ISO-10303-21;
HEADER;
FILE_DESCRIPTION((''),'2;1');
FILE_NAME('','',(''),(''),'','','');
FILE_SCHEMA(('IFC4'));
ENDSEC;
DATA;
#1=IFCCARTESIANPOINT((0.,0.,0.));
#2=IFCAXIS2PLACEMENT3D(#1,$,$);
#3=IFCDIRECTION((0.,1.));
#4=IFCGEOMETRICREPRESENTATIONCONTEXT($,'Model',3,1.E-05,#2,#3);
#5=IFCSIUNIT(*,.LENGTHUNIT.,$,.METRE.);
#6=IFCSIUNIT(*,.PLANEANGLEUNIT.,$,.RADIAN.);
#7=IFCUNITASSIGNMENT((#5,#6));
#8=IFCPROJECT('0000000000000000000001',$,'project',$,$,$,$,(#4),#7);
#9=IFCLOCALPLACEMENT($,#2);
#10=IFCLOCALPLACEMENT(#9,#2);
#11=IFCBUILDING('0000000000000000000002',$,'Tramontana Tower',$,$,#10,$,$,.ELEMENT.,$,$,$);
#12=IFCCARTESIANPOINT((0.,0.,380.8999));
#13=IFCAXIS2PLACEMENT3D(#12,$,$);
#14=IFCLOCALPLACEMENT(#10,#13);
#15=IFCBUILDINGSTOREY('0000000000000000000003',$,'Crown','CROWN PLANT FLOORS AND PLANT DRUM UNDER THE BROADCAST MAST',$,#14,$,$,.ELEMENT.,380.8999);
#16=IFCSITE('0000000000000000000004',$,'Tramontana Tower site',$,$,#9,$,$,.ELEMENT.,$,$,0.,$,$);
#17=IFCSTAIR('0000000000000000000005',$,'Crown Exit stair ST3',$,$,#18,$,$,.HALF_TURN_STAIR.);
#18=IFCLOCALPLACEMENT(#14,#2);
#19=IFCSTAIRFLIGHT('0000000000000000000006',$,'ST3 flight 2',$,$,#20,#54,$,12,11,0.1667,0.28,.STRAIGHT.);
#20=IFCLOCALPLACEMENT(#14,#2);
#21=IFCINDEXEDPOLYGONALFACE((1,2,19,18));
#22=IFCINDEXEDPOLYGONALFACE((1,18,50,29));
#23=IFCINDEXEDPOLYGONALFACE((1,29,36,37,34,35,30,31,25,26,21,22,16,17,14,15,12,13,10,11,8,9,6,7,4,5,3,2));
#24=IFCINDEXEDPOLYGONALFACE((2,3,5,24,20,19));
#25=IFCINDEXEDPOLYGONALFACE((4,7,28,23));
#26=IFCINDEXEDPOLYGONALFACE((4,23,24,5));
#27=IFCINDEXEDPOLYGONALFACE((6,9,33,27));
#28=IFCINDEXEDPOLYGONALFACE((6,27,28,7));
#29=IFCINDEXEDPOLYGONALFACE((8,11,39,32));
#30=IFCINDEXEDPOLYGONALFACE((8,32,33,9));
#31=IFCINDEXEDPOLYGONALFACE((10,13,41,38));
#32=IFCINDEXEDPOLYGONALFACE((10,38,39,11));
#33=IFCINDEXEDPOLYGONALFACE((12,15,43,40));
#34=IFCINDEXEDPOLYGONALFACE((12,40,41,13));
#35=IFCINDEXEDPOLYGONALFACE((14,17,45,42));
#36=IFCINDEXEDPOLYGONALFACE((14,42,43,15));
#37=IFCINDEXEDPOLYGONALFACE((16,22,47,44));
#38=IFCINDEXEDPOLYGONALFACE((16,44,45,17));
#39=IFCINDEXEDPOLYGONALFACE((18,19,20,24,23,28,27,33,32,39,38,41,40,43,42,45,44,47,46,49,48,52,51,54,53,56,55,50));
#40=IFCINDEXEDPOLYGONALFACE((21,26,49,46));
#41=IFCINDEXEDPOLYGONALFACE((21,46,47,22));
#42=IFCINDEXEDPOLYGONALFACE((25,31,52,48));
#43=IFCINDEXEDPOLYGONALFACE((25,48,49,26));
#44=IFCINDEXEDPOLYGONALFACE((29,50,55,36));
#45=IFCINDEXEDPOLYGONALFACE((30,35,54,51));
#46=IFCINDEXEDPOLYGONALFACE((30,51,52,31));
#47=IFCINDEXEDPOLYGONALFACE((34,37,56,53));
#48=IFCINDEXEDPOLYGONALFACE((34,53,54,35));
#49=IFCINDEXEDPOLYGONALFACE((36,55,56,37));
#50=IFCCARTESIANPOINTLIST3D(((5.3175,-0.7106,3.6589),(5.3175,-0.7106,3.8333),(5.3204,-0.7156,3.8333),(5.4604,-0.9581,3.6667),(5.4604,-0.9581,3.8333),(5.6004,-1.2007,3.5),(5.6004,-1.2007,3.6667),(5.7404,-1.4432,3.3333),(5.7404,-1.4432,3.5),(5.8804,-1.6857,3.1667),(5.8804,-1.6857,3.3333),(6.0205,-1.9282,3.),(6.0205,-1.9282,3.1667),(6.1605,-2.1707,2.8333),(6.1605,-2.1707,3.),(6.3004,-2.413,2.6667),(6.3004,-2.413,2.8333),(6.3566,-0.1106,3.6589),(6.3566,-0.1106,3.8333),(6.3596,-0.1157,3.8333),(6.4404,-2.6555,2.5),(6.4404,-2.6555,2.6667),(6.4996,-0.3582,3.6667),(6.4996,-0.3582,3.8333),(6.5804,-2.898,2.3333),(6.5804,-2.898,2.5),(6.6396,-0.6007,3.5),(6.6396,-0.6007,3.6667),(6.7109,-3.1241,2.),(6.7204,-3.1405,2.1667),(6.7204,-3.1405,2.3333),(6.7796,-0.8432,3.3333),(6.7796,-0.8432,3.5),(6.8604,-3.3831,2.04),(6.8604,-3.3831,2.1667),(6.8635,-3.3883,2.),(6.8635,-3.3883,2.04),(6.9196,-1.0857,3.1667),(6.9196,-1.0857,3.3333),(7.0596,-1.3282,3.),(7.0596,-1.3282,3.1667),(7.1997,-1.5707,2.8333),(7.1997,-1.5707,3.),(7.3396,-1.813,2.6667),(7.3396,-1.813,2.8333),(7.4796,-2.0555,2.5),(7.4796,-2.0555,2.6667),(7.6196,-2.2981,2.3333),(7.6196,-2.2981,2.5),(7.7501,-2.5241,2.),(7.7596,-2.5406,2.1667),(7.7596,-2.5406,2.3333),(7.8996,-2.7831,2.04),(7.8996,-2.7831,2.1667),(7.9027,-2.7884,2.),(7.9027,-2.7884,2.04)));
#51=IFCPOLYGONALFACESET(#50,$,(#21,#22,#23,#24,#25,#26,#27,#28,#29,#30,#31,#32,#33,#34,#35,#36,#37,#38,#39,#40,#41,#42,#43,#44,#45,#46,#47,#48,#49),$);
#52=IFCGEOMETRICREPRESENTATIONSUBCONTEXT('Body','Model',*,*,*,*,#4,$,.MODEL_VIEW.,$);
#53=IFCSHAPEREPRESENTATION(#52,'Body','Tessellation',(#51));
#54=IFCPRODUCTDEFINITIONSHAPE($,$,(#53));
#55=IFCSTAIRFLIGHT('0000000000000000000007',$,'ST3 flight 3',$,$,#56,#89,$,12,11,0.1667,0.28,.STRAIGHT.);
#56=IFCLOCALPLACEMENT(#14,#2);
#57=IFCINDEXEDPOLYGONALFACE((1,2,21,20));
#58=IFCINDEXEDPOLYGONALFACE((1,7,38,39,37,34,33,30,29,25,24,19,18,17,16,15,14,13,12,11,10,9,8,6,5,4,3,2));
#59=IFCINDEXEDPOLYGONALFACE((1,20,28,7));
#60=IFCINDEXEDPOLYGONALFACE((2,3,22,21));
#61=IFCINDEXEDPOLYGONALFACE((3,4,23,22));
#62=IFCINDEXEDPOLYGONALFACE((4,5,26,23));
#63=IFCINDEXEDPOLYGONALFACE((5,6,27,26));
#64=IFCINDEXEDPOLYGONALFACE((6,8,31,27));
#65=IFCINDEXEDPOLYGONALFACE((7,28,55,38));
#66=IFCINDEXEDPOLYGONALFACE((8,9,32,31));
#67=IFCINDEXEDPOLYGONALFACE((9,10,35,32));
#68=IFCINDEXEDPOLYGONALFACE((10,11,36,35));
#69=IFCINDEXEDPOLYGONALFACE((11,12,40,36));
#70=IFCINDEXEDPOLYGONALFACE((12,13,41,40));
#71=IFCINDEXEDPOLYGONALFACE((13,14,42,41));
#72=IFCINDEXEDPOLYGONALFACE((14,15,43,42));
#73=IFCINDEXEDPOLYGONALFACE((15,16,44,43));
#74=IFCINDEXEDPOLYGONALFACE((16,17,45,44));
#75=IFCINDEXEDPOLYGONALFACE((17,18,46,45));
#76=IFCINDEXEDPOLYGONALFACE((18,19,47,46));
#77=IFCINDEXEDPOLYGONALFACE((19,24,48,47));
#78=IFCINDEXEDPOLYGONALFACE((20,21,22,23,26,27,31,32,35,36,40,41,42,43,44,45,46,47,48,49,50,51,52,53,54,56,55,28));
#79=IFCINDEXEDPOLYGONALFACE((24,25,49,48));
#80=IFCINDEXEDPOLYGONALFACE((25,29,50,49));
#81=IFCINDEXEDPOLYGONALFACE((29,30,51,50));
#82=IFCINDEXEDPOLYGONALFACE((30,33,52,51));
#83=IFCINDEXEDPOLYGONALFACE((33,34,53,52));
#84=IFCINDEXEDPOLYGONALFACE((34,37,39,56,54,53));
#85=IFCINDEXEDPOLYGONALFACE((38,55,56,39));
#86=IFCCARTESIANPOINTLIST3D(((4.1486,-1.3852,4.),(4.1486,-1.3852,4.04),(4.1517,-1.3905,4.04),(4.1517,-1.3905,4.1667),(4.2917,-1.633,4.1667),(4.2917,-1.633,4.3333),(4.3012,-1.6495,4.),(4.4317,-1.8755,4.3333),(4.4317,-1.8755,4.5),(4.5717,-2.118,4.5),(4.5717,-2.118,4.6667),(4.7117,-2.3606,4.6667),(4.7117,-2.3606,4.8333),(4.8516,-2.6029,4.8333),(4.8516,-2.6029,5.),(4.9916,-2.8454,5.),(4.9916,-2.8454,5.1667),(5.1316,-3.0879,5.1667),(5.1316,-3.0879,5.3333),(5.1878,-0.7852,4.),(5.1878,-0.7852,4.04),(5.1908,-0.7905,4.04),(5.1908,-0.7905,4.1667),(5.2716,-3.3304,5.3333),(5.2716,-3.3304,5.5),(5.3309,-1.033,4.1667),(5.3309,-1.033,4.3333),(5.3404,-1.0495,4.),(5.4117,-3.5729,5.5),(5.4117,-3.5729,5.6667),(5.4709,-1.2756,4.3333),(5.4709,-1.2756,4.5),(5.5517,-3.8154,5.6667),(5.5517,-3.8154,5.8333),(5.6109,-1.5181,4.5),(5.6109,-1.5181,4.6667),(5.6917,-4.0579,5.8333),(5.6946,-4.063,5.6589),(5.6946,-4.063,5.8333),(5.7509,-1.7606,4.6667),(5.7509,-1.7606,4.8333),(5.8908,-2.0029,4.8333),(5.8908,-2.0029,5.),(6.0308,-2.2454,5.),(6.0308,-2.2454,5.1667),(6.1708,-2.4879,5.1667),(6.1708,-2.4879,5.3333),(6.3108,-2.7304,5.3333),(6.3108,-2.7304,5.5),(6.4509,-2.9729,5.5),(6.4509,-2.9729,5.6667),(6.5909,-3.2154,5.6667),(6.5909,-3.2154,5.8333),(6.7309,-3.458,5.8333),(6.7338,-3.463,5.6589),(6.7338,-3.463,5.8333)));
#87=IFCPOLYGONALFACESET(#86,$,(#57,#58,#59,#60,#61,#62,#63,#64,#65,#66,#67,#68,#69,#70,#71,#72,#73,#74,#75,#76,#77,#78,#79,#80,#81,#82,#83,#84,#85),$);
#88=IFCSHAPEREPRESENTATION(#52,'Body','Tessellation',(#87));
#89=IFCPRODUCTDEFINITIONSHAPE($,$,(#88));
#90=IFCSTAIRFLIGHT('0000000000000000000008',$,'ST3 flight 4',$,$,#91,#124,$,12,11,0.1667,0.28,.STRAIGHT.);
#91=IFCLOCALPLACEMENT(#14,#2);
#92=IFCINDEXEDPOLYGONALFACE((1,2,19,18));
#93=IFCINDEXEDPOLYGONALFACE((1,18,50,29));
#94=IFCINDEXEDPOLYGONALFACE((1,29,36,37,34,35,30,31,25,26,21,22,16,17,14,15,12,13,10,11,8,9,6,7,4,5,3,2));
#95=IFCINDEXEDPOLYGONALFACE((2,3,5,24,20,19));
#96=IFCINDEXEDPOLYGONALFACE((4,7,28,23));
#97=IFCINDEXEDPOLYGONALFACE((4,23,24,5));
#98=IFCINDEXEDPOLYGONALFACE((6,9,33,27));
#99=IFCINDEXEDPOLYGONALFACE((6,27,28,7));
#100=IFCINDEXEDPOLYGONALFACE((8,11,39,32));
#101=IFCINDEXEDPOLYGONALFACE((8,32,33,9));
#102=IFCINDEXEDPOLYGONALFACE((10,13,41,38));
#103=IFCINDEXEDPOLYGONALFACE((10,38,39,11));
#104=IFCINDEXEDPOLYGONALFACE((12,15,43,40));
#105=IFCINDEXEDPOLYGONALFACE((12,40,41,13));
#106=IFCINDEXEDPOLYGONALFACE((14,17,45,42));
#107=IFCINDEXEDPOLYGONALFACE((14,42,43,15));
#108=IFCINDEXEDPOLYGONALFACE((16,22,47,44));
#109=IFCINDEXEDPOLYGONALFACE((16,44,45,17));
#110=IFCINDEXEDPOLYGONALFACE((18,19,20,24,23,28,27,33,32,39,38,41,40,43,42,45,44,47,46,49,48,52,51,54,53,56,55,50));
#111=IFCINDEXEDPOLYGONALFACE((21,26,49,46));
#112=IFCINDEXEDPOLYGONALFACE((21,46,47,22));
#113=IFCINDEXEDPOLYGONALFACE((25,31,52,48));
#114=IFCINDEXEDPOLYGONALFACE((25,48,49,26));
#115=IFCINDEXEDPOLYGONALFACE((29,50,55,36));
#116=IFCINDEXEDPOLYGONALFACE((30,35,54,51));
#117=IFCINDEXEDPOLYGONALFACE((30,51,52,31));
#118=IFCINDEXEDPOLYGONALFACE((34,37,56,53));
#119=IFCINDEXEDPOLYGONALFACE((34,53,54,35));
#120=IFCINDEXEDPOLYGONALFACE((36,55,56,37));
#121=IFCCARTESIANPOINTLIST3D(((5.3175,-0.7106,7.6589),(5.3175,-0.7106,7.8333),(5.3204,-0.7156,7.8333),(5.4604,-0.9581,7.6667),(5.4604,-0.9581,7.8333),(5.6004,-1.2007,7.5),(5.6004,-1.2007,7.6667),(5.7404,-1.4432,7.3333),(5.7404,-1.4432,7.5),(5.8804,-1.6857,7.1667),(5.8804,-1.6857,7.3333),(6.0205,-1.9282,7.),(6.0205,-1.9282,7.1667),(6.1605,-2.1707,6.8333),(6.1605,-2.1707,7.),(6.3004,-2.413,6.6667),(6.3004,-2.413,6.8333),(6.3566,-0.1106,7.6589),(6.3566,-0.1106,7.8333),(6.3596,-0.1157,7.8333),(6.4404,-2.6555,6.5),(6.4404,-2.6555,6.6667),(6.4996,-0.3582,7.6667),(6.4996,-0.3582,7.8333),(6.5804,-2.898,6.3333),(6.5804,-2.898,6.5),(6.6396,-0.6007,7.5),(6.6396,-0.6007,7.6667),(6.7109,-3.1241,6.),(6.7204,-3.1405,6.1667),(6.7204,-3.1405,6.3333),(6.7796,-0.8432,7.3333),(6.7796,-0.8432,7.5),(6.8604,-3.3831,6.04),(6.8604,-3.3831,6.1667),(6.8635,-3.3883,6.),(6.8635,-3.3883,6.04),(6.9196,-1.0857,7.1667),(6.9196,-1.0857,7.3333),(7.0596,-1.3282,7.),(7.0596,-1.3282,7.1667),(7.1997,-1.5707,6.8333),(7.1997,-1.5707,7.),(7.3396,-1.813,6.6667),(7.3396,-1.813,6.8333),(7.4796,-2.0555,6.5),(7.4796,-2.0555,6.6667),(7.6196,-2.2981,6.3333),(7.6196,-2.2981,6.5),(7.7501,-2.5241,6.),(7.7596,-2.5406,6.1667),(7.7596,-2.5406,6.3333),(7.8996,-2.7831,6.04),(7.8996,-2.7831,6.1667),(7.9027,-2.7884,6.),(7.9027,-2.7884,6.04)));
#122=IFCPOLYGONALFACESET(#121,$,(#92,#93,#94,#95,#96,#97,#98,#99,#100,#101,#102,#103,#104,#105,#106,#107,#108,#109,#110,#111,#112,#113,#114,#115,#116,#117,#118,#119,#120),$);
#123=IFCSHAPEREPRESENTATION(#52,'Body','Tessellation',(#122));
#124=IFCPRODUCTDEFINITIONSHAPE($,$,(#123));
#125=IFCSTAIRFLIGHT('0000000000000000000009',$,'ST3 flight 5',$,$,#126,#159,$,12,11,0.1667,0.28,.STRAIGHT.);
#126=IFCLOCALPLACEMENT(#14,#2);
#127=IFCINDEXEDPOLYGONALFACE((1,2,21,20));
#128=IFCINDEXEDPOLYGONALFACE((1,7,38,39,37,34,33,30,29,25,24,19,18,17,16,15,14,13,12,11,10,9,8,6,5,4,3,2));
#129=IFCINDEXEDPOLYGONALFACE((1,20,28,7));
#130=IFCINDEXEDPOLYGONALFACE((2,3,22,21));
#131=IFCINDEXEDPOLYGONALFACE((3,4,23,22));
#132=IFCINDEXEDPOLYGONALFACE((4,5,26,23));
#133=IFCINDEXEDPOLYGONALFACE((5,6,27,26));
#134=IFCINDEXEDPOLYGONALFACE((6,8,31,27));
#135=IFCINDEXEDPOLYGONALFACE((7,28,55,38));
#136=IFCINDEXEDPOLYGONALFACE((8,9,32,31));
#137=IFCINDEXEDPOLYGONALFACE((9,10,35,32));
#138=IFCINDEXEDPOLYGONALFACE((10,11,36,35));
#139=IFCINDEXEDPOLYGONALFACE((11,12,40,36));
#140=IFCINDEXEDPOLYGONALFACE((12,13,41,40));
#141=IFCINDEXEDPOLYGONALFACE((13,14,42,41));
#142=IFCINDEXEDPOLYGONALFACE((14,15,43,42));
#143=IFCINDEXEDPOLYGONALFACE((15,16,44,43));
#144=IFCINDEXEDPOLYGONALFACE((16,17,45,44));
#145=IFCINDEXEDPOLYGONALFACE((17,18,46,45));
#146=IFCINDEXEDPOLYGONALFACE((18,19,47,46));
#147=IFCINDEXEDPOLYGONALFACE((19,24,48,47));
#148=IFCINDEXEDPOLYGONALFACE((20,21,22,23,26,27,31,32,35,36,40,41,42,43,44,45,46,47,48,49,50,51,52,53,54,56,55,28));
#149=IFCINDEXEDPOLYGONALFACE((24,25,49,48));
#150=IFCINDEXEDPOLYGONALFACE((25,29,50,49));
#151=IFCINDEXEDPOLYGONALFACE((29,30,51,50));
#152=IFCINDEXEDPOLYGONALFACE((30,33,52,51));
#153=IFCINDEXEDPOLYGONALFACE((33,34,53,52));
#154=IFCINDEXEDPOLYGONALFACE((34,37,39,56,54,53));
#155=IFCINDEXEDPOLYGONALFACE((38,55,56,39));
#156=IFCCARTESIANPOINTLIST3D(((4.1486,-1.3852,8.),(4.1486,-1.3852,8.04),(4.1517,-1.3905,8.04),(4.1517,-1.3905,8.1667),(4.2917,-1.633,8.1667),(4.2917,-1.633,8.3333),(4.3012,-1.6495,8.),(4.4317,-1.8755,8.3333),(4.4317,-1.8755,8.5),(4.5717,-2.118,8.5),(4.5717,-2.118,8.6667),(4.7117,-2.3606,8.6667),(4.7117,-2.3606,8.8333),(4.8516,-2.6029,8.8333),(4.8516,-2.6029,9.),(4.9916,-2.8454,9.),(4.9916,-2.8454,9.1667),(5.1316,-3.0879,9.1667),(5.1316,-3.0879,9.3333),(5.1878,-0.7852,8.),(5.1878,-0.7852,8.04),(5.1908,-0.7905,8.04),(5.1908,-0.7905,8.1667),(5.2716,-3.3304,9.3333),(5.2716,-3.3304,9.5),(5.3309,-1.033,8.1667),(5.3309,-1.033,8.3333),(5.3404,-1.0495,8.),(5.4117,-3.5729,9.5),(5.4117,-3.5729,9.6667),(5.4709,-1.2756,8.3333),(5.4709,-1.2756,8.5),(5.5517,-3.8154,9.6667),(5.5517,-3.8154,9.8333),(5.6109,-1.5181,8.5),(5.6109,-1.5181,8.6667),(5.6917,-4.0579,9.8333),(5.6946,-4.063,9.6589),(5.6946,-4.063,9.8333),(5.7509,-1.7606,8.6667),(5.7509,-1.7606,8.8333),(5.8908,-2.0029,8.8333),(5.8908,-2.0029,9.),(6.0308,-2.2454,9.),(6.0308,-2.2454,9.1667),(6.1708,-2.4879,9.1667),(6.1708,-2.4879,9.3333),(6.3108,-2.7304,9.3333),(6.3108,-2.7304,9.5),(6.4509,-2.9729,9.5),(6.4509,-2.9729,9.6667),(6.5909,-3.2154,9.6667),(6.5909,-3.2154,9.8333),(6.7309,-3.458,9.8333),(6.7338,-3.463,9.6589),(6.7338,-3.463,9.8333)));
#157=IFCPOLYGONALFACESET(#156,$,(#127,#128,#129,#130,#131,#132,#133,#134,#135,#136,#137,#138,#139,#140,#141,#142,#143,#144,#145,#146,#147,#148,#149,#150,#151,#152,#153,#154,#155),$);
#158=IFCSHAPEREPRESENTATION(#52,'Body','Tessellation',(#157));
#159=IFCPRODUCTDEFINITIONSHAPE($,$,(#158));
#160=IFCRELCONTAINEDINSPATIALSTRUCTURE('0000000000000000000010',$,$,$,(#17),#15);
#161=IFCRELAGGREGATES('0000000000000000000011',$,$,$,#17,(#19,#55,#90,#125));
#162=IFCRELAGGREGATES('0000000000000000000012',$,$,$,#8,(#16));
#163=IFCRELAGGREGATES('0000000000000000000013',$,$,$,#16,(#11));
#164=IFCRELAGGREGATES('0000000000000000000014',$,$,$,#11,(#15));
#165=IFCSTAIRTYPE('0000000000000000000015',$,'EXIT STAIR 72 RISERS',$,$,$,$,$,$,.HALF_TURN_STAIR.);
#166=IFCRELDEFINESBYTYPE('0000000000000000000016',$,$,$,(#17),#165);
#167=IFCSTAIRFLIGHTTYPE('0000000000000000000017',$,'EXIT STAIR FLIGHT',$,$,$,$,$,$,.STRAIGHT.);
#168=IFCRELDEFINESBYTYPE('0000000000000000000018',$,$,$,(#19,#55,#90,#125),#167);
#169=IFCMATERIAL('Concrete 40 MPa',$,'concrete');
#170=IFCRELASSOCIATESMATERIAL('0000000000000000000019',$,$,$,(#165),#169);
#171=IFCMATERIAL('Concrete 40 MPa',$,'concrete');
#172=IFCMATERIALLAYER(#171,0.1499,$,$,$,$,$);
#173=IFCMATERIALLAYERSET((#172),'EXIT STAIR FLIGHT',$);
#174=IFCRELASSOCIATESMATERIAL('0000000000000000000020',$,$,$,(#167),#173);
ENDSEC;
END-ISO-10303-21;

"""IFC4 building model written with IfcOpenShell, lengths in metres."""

from ifc_helpers import new_model, si_unit, direction, frame, origin, place, context, subcontext, project, spatial, polyline, outline, extrude, material, layer, layer_set, type_object, element, aggregate, save


model = new_model("IFC4")

# Units and contexts
model_context = context("Model", 3, precision=1e-05, world=origin(), true_north=direction((0.0, 1.0)))
body_context = subcontext(model_context, "Body", "Model", "MODEL_VIEW")
ifc_project = project(units=[si_unit("LENGTHUNIT", "METRE"), si_unit("PLANEANGLEUNIT", "RADIAN")], contexts=[model_context])

# Site, building, storey
site_placement = place(None, origin())
site = spatial("IfcSite", under=ifc_project, at=site_placement, Name="Tramontana Tower site", CompositionType="ELEMENT", RefElevation=0.0)
building_placement = place(site_placement, origin())
building = spatial("IfcBuilding", under=site, at=building_placement, Name="Tramontana Tower", CompositionType="ELEMENT")
storey_placement = place(building_placement, frame((0.0, 0.0, 380.8999)))
storey = spatial("IfcBuildingStorey", under=building, at=storey_placement, Name="Crown", Description="CROWN PLANT FLOORS AND PLANT DRUM UNDER THE BROADCAST MAST", CompositionType="ELEMENT", Elevation=380.8999)

# Stair, stair flights
ifc_material_1 = material(Name="Concrete 40 MPa", Category="concrete")
stair_type = type_object("IfcStairType", Name="EXIT STAIR 72 RISERS", PredefinedType="HALF_TURN_STAIR", material=ifc_material_1)
stair_placement = place(storey_placement, origin())
stair = element("IfcStair", 1, at=stair_placement, inside=storey, type_object=stair_type, Name="Crown Exit stair ST3", PredefinedType="HALF_TURN_STAIR")
ifc_material_2 = material(Name="Concrete 40 MPa", Category="concrete")
ifc_layer_1 = layer(ifc_material_2, 0.1499)
ifc_layer_set_1 = layer_set([ifc_layer_1], Name="EXIT STAIR FLIGHT")
stair_flight_type = type_object("IfcStairFlightType", Name="EXIT STAIR FLIGHT", PredefinedType="STRAIGHT", material=ifc_layer_set_1)
stair_flight_1_placement = place(storey_placement, frame((7.3801, -3.083, 2.0), z_axis=(0.0, 0.0, 1.0), x_axis=(-0.5, 0.866025, 0.0)))
stair_flight_1 = element("IfcStairFlight", 2, at=stair_flight_1_placement, type_object=stair_flight_type, Name="ST3 flight 2", NumberOfRisers=12, NumberOfTreads=11, PredefinedType="STRAIGHT", RiserHeight=0.1667, TreadLength=0.28, context=body_context, shape_type="SweptSolid", body=[
    extrude(outline(polyline([(-0.0061, 0.0), (-0.0061, 0.04), (0.0, 0.04), (0.0, 0.1667), (0.28, 0.1667), (0.28, 0.3333), (0.5601, 0.3333), (0.5601, 0.5), (0.8401, 0.5), (0.8401, 0.6667), (1.1201, 0.6667), (1.1201, 0.8333), (1.3999, 0.8333), (1.3999, 1.0), (1.6799, 1.0), (1.6799, 1.1667), (1.96, 1.1667), (1.96, 1.3333), (2.24, 1.3333), (2.24, 1.5), (2.52, 1.5), (2.52, 1.6667), (2.8, 1.6667), (2.8, 1.8333), (3.0801, 1.8333), (3.0859, 1.8333), (3.0859, 1.6589), (0.2991, 0.0), (-0.0061, 0.0)])), frame((0.0, 0.6001, 0.0), z_axis=(0.0, -1.0, 0.0), x_axis=(1.0, 0.0, 0.0)), (0.0, 0.0, 1.0), 1.2),
])
stair_flight_2_placement = place(storey_placement, frame((4.6711, -1.0906, 4.0), z_axis=(0.0, 0.0, 1.0), x_axis=(0.5, -0.866025, 0.0)))
stair_flight_2 = element("IfcStairFlight", 3, at=stair_flight_2_placement, type_object=stair_flight_type, Name="ST3 flight 3", NumberOfRisers=12, NumberOfTreads=11, PredefinedType="STRAIGHT", RiserHeight=0.1667, TreadLength=0.28, context=body_context, shape_type="SweptSolid", body=[
    extrude(outline(polyline([(-0.0061, 0.0), (-0.0061, 0.04), (0.0, 0.04), (0.0, 0.1667), (0.28, 0.1667), (0.28, 0.3333), (0.5601, 0.3333), (0.5601, 0.5), (0.8401, 0.5), (0.8401, 0.6667), (1.1201, 0.6667), (1.1201, 0.8333), (1.3999, 0.8333), (1.3999, 1.0), (1.6799, 1.0), (1.6799, 1.1667), (1.96, 1.1667), (1.96, 1.3333), (2.24, 1.3333), (2.24, 1.5), (2.52, 1.5), (2.52, 1.6667), (2.8, 1.6667), (2.8, 1.8333), (3.0801, 1.8333), (3.0859, 1.8333), (3.0859, 1.6589), (0.2991, 0.0), (-0.0061, 0.0)])), frame((0.0, 0.6001, 0.0), z_axis=(0.0, -1.0, 0.0), x_axis=(1.0, 0.0, 0.0)), (0.0, 0.0, 1.0), 1.2),
])
stair_flight_3_placement = place(storey_placement, frame((7.3801, -3.083, 6.0), z_axis=(0.0, 0.0, 1.0), x_axis=(-0.5, 0.866025, 0.0)))
stair_flight_3 = element("IfcStairFlight", 4, at=stair_flight_3_placement, type_object=stair_flight_type, Name="ST3 flight 4", NumberOfRisers=12, NumberOfTreads=11, PredefinedType="STRAIGHT", RiserHeight=0.1667, TreadLength=0.28, context=body_context, shape_type="SweptSolid", body=[
    extrude(outline(polyline([(-0.0061, 0.0), (-0.0061, 0.04), (0.0, 0.04), (0.0, 0.1667), (0.28, 0.1667), (0.28, 0.3333), (0.5601, 0.3333), (0.5601, 0.5), (0.8401, 0.5), (0.8401, 0.6667), (1.1201, 0.6667), (1.1201, 0.8333), (1.3999, 0.8333), (1.3999, 1.0), (1.6799, 1.0), (1.6799, 1.1667), (1.96, 1.1667), (1.96, 1.3333), (2.24, 1.3333), (2.24, 1.5), (2.52, 1.5), (2.52, 1.6667), (2.8, 1.6667), (2.8, 1.8333), (3.0801, 1.8333), (3.0859, 1.8333), (3.0859, 1.6589), (0.2991, 0.0), (-0.0061, 0.0)])), frame((0.0, 0.6001, 0.0), z_axis=(0.0, -1.0, 0.0), x_axis=(1.0, 0.0, 0.0)), (0.0, 0.0, 1.0), 1.2),
])
stair_flight_4_placement = place(storey_placement, frame((4.6711, -1.0906, 8.0), z_axis=(0.0, 0.0, 1.0), x_axis=(0.5, -0.866025, 0.0)))
stair_flight_4 = element("IfcStairFlight", 5, at=stair_flight_4_placement, type_object=stair_flight_type, Name="ST3 flight 5", NumberOfRisers=12, NumberOfTreads=11, PredefinedType="STRAIGHT", RiserHeight=0.1667, TreadLength=0.28, context=body_context, shape_type="SweptSolid", body=[
    extrude(outline(polyline([(-0.0061, 0.0), (-0.0061, 0.04), (0.0, 0.04), (0.0, 0.1667), (0.28, 0.1667), (0.28, 0.3333), (0.5601, 0.3333), (0.5601, 0.5), (0.8401, 0.5), (0.8401, 0.6667), (1.1201, 0.6667), (1.1201, 0.8333), (1.3999, 0.8333), (1.3999, 1.0), (1.6799, 1.0), (1.6799, 1.1667), (1.96, 1.1667), (1.96, 1.3333), (2.24, 1.3333), (2.24, 1.5), (2.52, 1.5), (2.52, 1.6667), (2.8, 1.6667), (2.8, 1.8333), (3.0801, 1.8333), (3.0859, 1.8333), (3.0859, 1.6589), (0.2991, 0.0), (-0.0061, 0.0)])), frame((0.0, 0.6001, 0.0), z_axis=(0.0, -1.0, 0.0), x_axis=(1.0, 0.0, 0.0)), (0.0, 0.0, 1.0), 1.2),
])
aggregate(stair, [stair_flight_1, stair_flight_2, stair_flight_3, stair_flight_4])

save(model, "model.ifc")
